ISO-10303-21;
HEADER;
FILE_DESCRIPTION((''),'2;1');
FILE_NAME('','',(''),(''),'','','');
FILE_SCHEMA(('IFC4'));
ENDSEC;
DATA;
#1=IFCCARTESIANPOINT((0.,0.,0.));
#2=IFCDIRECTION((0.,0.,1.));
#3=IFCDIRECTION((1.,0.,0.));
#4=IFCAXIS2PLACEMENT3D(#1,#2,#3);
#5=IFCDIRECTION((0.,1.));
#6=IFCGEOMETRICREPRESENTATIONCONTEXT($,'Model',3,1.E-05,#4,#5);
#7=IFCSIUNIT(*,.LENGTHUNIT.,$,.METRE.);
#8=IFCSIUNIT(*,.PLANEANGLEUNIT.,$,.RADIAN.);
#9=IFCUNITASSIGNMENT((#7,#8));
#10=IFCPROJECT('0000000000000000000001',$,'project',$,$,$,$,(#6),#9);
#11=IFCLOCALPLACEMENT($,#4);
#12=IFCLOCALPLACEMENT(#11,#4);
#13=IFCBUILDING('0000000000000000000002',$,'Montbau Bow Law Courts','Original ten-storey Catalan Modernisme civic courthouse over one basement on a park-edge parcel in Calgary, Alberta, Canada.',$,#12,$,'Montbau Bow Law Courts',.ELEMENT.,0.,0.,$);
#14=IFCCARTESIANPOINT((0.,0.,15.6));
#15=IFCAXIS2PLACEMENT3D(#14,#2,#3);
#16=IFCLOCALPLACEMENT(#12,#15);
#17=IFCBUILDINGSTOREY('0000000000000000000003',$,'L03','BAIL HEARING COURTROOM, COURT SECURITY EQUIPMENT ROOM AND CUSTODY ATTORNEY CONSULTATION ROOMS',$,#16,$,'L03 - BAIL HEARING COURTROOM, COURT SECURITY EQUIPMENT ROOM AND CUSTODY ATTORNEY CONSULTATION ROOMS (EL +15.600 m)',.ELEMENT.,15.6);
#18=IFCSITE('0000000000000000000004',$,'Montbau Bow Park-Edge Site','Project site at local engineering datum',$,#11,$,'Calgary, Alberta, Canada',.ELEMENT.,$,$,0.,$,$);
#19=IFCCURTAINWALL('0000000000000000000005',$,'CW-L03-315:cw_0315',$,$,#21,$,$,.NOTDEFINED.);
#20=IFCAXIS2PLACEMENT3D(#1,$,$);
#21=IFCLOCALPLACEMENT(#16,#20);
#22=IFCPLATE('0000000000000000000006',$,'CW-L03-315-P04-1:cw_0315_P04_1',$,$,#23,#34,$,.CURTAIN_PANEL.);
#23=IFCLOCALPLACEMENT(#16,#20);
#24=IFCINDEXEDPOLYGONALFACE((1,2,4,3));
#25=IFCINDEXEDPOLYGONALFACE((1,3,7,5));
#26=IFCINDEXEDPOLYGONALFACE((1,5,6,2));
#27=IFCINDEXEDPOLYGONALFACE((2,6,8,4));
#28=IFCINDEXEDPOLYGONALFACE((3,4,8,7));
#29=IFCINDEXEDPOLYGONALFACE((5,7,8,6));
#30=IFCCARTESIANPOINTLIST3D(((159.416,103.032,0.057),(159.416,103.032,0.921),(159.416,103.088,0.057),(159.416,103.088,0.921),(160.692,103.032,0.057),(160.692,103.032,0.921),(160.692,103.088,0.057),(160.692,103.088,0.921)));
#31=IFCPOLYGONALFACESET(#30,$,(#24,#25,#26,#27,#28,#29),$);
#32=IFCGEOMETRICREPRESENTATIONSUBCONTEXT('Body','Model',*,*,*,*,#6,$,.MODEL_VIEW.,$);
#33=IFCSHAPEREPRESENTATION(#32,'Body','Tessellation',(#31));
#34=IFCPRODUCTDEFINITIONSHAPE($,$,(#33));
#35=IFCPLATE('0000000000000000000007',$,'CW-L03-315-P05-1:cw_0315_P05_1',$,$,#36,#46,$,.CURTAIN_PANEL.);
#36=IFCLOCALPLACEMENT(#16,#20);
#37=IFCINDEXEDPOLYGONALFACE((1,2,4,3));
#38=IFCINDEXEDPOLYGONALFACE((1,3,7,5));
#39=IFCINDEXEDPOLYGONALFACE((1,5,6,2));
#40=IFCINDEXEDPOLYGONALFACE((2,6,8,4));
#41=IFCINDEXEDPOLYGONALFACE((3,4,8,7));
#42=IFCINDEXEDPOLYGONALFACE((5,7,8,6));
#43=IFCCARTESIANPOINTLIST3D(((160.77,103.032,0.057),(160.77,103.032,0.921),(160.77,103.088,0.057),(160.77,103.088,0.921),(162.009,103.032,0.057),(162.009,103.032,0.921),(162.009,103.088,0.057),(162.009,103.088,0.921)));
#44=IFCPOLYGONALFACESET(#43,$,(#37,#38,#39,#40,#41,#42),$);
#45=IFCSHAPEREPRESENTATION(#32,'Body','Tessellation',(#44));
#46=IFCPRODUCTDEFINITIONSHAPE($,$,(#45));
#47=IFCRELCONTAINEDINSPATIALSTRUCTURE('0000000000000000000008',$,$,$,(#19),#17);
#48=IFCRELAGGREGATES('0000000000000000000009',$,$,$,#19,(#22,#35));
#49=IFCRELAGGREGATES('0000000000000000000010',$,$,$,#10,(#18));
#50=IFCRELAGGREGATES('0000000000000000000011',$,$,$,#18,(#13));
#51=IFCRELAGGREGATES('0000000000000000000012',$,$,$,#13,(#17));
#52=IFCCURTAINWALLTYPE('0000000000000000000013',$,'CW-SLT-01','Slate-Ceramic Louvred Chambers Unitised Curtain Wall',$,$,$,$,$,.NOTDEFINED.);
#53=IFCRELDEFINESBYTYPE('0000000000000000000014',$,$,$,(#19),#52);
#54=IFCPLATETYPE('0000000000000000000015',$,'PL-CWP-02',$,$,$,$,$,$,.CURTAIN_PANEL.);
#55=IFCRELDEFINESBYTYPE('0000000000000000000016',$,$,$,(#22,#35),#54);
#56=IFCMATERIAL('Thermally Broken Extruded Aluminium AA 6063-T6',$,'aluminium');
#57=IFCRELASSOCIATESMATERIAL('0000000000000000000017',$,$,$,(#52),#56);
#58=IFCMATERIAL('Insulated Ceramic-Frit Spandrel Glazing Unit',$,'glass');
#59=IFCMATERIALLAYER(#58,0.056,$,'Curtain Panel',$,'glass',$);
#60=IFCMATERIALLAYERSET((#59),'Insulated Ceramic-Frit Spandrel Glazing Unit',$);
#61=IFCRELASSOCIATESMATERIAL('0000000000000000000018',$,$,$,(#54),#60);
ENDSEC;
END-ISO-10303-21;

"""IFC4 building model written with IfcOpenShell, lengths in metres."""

from ifc_helpers import new_model, si_unit, direction, frame, frame_2d, origin_with_axes, place, context, subcontext, project, spatial, rectangle, extrude, material, layer, layer_set, type_object, element, aggregate, save


model = new_model("IFC4")

# Units and contexts
model_context = context("Model", 3, precision=1e-05, world=origin_with_axes(), true_north=direction((0.0, 1.0)))
body_context = subcontext(model_context, "Body", "Model", "MODEL_VIEW")
ifc_project = project(units=[si_unit("LENGTHUNIT", "METRE"), si_unit("PLANEANGLEUNIT", "RADIAN")], contexts=[model_context])

# Site, building, storey
site_placement = place(None, origin_with_axes())
site = spatial("IfcSite", under=ifc_project, at=site_placement, Name="Montbau Bow Park-Edge Site", Description="Project site at local engineering datum", LongName="Calgary, Alberta, Canada", CompositionType="ELEMENT", RefElevation=0.0)
building_placement = place(site_placement, origin_with_axes())
building = spatial("IfcBuilding", under=site, at=building_placement, Name="Montbau Bow Law Courts", Description="Original ten-storey Catalan Modernisme civic courthouse over one basement on a park-edge parcel in Calgary, Alberta, Canada.", LongName="Montbau Bow Law Courts", CompositionType="ELEMENT", ElevationOfRefHeight=0.0, ElevationOfTerrain=0.0)
storey_placement = place(building_placement, frame((0.0, 0.0, 15.6), z_axis=(0.0, 0.0, 1.0), x_axis=(1.0, 0.0, 0.0)))
storey = spatial("IfcBuildingStorey", under=building, at=storey_placement, Name="L03", Description="BAIL HEARING COURTROOM, COURT SECURITY EQUIPMENT ROOM AND CUSTODY ATTORNEY CONSULTATION ROOMS", LongName="L03 - BAIL HEARING COURTROOM, COURT SECURITY EQUIPMENT ROOM AND CUSTODY ATTORNEY CONSULTATION ROOMS (EL +15.600 m)", CompositionType="ELEMENT", Elevation=15.6)

# Curtain wall, plates
ifc_material_1 = material(Name="Thermally Broken Extruded Aluminium AA 6063-T6", Category="aluminium")
curtain_wall_type = type_object("IfcCurtainWallType", Name="CW-SLT-01", Description="Slate-Ceramic Louvred Chambers Unitised Curtain Wall", PredefinedType="NOTDEFINED", material=ifc_material_1)
curtain_wall_placement = place(None, frame((155.315, 103.06, 15.6), z_axis=(0.0, 0.0, 1.0), x_axis=(1.0, 0.0, 0.0)))
curtain_wall = element("IfcCurtainWall", 1, at=curtain_wall_placement, inside=storey, type_object=curtain_wall_type, Name="CW-L03-315:cw_0315", PredefinedType="NOTDEFINED")
ifc_material_2 = material(Name="Insulated Ceramic-Frit Spandrel Glazing Unit", Category="glass")
ifc_layer_1 = layer(ifc_material_2, 0.056, Name="Curtain Panel", Category="glass")
ifc_layer_set_1 = layer_set([ifc_layer_1], Name="Insulated Ceramic-Frit Spandrel Glazing Unit")
plate_type_1 = type_object("IfcPlateType", Name="PL-CWP-02", PredefinedType="CURTAIN_PANEL", material=ifc_layer_set_1)
plate_1_placement = place(None, frame((159.416, 103.06, 15.657), z_axis=(0.0, -1.0, 0.0), x_axis=(1.0, 0.0, 0.0)))
plate_1 = element("IfcPlate", 2, at=plate_1_placement, type_object=plate_type_1, Name="CW-L03-315-P04-1:cw_0315_P04_1", PredefinedType="CURTAIN_PANEL", context=body_context, shape_type="SweptSolid", body=[
    extrude(rectangle(XDim=1.276, YDim=0.864, at=frame_2d((0.638, 0.432), x_axis=(1.0, 0.0))), frame((0.0, 0.0, -0.028), z_axis=(0.0, 0.0, 1.0), x_axis=(1.0, 0.0, 0.0)), (0.0, 0.0, 1.0), 0.056),
])
plate_2_placement = place(None, frame((160.77, 103.06, 15.657), z_axis=(0.0, -1.0, 0.0), x_axis=(1.0, 0.0, 0.0)))
plate_2 = element("IfcPlate", 3, at=plate_2_placement, type_object=plate_type_1, Name="CW-L03-315-P05-1:cw_0315_P05_1", PredefinedType="CURTAIN_PANEL", context=body_context, shape_type="SweptSolid", body=[
    extrude(rectangle(XDim=1.239, YDim=0.864, at=frame_2d((0.6195, 0.432), x_axis=(1.0, 0.0))), frame((0.0, 0.0, -0.028), z_axis=(0.0, 0.0, 1.0), x_axis=(1.0, 0.0, 0.0)), (0.0, 0.0, 1.0), 0.056),
])
aggregate(curtain_wall, [plate_1, plate_2])

save(model, "model.ifc")
